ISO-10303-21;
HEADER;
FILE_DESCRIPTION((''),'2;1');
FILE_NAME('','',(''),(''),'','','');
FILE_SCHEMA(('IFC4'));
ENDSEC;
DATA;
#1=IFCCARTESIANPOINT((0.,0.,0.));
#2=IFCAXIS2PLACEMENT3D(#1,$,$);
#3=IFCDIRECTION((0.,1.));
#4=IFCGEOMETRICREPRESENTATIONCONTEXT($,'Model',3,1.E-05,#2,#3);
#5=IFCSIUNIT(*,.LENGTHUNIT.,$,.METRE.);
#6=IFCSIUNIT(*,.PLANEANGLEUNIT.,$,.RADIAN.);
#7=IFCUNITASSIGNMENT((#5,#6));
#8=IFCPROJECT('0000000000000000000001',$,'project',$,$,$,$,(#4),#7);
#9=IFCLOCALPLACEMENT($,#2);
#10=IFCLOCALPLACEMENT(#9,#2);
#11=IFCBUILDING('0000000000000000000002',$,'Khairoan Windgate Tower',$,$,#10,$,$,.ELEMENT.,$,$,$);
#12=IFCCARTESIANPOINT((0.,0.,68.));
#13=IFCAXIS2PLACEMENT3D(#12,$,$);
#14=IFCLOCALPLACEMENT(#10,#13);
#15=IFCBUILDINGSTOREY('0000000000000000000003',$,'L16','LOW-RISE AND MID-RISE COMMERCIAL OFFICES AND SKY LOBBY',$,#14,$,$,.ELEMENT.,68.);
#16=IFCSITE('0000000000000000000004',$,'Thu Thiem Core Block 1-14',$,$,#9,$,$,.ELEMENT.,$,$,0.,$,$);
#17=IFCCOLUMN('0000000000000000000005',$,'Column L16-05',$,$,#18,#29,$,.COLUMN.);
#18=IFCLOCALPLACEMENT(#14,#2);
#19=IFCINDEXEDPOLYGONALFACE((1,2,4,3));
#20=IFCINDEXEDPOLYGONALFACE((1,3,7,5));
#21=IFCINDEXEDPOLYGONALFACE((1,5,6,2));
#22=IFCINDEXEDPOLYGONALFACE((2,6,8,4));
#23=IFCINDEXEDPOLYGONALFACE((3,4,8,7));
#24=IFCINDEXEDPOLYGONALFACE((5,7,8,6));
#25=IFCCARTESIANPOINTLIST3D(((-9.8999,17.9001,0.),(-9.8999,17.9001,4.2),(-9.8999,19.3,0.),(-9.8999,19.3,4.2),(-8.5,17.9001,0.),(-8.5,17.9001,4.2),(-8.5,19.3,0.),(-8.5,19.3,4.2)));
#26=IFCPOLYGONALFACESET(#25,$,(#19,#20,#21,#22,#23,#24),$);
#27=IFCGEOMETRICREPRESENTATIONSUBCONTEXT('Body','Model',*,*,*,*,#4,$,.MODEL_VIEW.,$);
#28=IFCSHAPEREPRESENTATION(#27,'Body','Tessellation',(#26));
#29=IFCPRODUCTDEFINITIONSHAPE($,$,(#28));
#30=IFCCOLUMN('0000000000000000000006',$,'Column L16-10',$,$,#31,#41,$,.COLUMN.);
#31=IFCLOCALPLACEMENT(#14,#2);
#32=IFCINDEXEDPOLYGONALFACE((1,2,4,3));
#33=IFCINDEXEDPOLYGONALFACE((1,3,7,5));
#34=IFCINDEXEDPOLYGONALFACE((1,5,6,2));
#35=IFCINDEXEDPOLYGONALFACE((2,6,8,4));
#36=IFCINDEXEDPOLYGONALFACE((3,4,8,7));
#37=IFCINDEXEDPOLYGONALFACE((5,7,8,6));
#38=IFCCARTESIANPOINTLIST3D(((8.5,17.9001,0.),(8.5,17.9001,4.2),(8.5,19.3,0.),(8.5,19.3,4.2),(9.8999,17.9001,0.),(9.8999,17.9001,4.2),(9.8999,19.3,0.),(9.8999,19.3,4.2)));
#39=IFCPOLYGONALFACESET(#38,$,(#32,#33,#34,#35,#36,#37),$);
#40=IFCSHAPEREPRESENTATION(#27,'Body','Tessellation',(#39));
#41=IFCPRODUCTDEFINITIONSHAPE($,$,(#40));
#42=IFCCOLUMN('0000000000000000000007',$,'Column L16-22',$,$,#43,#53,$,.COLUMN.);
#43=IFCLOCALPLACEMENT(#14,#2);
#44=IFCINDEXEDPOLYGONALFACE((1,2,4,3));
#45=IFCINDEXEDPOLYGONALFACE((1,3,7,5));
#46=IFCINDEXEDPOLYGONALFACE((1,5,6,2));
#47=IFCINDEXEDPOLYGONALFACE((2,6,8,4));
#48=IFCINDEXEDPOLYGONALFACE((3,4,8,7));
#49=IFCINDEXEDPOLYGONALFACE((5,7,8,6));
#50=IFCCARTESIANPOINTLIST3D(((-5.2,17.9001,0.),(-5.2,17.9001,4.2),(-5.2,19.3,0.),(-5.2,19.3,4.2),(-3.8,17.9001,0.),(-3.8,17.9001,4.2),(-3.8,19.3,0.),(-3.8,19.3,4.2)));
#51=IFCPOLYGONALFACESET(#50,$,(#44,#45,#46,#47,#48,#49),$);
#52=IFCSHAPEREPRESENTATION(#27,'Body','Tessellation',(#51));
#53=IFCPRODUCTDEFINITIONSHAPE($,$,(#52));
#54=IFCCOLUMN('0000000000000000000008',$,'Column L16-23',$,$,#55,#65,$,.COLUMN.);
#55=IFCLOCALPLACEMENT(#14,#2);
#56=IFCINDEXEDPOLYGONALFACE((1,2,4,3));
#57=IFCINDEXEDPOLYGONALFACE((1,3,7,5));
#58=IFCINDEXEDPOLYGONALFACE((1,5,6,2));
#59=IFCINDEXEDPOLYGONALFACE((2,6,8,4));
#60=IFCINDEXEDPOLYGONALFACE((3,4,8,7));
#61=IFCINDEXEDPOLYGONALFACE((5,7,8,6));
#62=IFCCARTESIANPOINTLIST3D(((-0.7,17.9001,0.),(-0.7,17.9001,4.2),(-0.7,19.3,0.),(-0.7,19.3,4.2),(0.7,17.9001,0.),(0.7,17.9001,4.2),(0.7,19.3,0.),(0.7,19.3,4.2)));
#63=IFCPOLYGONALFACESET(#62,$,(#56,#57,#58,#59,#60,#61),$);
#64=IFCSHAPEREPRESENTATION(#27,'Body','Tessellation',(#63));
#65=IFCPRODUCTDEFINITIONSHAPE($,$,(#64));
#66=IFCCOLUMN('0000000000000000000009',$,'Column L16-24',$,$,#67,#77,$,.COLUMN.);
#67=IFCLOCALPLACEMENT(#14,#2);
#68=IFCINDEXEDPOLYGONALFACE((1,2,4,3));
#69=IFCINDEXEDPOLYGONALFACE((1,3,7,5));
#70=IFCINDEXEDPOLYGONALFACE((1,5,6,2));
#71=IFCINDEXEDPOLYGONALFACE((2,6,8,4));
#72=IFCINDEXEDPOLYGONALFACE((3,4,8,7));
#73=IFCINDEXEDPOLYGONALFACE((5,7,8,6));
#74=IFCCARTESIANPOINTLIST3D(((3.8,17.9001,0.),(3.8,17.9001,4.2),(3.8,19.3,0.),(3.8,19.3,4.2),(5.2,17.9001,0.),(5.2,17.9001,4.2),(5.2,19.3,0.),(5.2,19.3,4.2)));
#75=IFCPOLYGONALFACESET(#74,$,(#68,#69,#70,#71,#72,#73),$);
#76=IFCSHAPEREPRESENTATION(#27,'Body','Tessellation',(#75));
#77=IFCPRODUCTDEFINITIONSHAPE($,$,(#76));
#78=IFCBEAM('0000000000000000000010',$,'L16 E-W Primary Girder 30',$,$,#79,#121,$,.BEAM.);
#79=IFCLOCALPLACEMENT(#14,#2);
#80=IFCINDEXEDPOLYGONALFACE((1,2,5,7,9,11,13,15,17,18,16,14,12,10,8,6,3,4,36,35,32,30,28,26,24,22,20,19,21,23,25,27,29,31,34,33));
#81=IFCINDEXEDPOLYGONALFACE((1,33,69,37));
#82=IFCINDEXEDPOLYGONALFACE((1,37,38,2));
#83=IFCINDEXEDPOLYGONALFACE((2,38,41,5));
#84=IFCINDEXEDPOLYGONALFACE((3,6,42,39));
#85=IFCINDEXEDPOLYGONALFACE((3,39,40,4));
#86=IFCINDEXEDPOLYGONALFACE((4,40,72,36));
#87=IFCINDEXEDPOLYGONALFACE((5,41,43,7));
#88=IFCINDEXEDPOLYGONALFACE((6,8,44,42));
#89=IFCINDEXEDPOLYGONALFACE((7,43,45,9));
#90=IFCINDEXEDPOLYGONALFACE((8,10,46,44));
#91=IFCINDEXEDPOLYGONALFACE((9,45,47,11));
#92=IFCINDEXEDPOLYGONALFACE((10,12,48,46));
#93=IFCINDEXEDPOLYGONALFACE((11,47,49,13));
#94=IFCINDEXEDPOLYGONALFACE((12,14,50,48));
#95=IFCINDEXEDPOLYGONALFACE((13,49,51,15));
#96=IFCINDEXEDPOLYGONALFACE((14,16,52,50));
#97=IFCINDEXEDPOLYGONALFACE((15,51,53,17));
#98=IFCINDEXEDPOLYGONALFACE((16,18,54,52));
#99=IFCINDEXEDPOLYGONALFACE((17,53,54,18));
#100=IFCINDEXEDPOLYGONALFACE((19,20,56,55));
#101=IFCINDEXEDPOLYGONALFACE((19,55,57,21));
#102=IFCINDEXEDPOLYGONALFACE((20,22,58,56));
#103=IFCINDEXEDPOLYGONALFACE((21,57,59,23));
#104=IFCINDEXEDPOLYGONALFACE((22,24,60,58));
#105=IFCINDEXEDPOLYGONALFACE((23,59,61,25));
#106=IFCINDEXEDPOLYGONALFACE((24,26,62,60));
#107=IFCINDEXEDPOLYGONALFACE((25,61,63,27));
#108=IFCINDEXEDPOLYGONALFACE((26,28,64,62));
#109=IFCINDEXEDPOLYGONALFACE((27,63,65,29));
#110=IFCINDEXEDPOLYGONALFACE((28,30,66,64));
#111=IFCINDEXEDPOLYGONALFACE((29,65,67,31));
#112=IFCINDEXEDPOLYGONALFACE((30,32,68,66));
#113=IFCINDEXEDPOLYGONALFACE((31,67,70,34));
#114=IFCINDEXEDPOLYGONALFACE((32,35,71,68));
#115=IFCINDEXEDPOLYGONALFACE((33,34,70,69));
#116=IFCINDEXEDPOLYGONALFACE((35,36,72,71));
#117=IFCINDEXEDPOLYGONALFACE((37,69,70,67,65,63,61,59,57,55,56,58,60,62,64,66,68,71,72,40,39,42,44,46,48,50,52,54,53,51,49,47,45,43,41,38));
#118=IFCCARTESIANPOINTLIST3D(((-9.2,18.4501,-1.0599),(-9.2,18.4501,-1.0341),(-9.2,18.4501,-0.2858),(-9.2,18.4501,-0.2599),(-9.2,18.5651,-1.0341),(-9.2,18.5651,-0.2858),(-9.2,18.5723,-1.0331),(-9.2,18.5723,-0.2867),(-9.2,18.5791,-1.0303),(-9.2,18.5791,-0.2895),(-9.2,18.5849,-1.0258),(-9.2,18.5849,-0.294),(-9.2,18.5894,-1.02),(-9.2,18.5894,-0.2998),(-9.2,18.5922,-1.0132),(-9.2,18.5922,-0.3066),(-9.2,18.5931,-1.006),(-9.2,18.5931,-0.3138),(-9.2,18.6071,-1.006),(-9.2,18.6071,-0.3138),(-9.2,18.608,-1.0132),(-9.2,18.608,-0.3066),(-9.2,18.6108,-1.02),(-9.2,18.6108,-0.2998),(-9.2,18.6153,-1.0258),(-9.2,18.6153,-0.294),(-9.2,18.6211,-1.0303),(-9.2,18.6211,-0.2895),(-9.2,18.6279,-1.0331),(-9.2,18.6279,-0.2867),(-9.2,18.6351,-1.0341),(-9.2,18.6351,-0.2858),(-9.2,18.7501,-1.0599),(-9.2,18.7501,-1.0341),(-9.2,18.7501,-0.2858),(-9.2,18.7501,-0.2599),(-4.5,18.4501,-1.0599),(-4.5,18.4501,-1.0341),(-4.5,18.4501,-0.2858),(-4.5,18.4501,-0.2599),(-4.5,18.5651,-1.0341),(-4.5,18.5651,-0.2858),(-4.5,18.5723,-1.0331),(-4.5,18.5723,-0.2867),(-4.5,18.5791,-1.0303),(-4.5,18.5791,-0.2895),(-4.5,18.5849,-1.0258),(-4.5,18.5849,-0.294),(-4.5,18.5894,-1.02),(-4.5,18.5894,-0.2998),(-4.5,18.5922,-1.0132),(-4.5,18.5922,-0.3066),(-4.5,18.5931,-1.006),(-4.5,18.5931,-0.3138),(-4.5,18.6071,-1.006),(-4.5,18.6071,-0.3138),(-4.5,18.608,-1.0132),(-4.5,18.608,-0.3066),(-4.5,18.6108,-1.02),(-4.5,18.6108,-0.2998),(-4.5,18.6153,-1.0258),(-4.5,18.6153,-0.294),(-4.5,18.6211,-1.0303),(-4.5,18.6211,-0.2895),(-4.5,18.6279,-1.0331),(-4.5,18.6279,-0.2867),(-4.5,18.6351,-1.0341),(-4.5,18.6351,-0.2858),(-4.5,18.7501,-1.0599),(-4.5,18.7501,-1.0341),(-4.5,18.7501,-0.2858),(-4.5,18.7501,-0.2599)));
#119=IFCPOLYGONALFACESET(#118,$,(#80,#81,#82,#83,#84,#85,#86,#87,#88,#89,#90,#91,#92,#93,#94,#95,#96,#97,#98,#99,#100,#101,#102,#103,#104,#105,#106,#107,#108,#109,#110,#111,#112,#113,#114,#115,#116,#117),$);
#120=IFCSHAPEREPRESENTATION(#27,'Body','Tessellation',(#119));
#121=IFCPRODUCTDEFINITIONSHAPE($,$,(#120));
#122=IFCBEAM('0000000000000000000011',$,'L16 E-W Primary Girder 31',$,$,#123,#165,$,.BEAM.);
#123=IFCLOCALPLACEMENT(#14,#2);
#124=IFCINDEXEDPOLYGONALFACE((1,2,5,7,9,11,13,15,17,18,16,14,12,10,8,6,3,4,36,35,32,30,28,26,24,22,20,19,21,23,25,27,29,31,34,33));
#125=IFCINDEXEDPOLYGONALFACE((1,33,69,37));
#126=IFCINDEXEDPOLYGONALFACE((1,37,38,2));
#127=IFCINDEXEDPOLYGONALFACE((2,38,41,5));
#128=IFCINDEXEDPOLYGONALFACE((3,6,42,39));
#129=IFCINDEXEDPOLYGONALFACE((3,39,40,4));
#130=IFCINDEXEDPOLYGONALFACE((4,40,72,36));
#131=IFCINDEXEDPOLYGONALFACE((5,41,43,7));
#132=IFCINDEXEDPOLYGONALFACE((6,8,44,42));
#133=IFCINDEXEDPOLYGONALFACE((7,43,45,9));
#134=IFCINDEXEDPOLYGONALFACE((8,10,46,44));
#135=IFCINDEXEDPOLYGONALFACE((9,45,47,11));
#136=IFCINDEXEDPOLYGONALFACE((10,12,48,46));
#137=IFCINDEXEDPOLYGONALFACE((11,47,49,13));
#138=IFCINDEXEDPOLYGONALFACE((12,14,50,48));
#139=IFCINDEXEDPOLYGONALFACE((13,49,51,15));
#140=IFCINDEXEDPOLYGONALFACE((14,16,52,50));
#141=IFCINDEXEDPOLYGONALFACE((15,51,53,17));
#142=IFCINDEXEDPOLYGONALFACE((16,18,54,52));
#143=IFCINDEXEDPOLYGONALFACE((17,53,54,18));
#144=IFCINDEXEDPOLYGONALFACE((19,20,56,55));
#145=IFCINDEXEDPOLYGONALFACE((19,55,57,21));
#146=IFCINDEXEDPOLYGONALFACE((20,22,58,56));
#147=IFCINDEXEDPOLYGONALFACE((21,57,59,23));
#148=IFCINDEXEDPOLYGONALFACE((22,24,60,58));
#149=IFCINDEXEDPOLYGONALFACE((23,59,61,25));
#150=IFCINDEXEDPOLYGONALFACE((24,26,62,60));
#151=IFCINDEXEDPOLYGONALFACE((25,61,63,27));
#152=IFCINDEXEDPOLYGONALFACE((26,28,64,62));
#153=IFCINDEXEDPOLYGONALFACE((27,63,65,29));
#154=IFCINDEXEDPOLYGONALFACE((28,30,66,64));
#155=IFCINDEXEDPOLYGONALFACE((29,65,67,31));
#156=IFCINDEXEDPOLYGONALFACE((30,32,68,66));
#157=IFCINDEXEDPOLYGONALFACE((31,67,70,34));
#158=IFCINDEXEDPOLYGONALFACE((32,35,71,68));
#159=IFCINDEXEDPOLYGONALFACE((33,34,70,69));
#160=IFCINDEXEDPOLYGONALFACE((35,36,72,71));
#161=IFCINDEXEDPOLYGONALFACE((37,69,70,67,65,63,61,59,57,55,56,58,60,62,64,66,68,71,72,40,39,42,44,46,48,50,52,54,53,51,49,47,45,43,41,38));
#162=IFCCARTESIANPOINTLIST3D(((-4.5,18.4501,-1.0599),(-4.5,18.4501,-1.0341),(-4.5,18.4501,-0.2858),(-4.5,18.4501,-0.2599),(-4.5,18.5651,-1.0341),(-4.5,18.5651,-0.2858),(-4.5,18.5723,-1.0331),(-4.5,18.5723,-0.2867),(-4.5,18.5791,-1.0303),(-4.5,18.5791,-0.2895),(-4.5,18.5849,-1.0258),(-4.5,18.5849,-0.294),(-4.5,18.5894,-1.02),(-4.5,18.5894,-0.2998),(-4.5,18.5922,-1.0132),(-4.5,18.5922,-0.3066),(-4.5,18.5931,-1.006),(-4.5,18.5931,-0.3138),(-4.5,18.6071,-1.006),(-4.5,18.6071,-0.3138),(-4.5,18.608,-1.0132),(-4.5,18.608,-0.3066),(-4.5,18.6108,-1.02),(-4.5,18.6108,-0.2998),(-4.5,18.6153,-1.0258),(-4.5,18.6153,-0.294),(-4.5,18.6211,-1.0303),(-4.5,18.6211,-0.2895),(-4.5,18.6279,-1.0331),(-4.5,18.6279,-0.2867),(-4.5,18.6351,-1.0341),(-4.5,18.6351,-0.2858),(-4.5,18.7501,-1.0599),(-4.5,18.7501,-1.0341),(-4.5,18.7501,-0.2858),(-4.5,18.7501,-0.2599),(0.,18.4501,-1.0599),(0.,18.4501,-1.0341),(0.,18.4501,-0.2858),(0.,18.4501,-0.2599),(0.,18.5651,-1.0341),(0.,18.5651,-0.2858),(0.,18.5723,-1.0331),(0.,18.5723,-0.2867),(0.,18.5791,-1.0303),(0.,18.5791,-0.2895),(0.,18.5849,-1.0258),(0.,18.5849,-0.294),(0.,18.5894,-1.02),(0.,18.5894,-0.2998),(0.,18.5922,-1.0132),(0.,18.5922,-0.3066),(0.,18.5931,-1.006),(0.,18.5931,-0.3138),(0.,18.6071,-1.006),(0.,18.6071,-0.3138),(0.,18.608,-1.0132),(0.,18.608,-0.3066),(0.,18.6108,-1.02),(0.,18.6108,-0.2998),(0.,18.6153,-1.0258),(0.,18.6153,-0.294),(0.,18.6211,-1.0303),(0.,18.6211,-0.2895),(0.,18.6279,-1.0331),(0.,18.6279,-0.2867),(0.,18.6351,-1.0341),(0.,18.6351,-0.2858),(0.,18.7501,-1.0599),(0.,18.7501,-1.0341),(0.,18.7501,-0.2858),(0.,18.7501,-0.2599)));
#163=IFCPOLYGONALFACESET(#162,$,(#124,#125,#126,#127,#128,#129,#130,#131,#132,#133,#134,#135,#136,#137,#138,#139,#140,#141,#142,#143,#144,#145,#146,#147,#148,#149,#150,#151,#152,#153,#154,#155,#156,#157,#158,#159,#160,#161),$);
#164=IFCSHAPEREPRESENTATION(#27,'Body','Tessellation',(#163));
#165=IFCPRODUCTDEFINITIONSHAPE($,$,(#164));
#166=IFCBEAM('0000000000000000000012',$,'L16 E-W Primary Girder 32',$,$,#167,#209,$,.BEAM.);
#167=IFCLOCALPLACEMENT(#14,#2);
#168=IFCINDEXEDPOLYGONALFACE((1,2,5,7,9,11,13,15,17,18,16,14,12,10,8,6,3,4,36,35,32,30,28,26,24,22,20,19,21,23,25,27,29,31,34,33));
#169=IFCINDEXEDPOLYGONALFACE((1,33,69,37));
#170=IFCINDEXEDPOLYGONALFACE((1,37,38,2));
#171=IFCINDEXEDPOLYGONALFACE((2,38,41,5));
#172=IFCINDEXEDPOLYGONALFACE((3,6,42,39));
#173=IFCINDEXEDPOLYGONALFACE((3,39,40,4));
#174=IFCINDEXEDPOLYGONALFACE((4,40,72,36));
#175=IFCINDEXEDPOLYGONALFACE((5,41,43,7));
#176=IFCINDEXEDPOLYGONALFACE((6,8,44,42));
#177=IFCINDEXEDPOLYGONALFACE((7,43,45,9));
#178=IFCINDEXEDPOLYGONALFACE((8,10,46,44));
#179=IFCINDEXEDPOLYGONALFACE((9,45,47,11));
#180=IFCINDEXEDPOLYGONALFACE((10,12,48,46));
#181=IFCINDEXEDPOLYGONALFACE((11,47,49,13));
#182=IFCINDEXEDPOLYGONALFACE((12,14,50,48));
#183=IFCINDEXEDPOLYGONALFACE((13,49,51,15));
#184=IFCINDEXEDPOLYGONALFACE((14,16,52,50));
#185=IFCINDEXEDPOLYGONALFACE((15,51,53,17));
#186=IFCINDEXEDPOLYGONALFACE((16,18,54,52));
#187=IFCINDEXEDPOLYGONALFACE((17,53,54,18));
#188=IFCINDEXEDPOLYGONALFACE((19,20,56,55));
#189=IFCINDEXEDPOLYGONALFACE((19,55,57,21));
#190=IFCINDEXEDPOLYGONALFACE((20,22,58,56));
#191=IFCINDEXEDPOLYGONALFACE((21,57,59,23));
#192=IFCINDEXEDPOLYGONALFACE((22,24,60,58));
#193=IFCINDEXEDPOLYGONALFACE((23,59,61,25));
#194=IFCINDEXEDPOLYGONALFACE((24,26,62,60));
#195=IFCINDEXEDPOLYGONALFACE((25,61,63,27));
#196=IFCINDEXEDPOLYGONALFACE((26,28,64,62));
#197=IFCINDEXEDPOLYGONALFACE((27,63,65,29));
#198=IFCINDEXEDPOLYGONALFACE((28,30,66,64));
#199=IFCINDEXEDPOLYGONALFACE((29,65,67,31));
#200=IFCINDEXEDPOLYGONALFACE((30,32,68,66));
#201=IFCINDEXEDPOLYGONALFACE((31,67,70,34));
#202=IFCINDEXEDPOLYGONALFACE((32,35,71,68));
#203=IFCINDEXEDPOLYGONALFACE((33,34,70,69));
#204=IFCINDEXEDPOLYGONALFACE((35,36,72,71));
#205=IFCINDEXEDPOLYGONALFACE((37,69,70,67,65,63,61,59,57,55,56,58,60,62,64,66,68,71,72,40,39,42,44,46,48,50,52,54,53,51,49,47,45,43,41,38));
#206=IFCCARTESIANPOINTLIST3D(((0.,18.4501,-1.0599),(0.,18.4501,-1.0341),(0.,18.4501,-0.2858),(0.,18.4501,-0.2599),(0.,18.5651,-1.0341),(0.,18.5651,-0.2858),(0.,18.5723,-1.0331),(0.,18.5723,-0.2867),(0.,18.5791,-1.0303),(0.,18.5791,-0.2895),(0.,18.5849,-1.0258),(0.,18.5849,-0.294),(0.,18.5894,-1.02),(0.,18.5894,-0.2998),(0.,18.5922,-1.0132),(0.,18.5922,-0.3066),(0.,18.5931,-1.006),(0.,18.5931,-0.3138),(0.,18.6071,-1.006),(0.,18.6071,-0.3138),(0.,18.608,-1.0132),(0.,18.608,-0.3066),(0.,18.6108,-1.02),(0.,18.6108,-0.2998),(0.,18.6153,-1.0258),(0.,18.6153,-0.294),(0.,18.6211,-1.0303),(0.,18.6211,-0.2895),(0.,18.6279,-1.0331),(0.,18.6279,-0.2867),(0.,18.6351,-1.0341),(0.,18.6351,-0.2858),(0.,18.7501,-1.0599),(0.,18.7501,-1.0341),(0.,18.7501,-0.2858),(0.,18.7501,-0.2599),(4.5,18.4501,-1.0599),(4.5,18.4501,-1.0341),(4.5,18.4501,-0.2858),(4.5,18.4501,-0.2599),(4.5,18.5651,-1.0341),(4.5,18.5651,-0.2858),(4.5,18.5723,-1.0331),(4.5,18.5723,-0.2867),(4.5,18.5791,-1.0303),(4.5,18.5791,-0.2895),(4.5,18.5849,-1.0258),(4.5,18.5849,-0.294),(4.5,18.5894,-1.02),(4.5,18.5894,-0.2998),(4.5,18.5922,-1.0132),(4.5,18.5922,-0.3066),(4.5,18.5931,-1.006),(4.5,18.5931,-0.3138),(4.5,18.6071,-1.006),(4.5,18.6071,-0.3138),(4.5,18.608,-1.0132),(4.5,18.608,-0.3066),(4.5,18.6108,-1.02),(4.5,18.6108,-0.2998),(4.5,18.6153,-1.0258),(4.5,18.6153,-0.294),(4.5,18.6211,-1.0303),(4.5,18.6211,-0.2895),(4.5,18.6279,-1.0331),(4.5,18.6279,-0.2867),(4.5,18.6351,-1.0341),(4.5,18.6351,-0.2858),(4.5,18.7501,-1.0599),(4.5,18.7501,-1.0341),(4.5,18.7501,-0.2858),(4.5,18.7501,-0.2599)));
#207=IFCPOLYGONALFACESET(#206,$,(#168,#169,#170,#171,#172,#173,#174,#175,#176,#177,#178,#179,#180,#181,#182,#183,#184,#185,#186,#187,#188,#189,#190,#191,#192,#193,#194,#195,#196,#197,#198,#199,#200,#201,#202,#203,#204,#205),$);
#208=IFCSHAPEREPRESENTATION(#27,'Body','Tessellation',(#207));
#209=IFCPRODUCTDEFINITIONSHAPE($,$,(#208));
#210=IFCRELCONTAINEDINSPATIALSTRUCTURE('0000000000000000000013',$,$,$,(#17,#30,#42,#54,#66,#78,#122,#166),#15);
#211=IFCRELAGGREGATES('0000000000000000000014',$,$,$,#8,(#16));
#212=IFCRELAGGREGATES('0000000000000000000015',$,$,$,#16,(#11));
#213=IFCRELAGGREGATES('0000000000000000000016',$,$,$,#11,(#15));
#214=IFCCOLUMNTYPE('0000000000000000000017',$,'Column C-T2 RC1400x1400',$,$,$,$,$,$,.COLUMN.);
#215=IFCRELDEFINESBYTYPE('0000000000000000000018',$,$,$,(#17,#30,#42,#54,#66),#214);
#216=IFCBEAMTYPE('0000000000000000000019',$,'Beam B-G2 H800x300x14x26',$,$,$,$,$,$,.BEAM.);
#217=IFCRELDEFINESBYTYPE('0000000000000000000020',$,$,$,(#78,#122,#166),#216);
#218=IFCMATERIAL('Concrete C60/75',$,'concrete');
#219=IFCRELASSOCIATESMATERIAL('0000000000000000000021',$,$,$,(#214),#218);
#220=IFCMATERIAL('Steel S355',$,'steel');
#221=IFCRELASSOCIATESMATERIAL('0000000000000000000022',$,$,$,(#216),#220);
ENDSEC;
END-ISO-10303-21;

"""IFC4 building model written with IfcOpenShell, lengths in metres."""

from ifc_helpers import new_model, si_unit, direction, frame, origin, origin_2d, place, context, subcontext, project, spatial, rectangle, i_section, extrude, material, material_profile, profile_set, type_object, element, save


model = new_model("IFC4")

# Units and contexts
model_context = context("Model", 3, precision=1e-05, world=origin(), true_north=direction((0.0, 1.0)))
body_context = subcontext(model_context, "Body", "Model", "MODEL_VIEW")
ifc_project = project(units=[si_unit("LENGTHUNIT", "METRE"), si_unit("PLANEANGLEUNIT", "RADIAN")], contexts=[model_context])

# Site, building, storey
site_placement = place(None, origin())
site = spatial("IfcSite", under=ifc_project, at=site_placement, Name="Thu Thiem Core Block 1-14", CompositionType="ELEMENT", RefElevation=0.0)
building_placement = place(site_placement, origin())
building = spatial("IfcBuilding", under=site, at=building_placement, Name="Khairoan Windgate Tower", CompositionType="ELEMENT")
storey_placement = place(building_placement, frame((0.0, 0.0, 68.0)))
storey = spatial("IfcBuildingStorey", under=building, at=storey_placement, Name="L16", Description="LOW-RISE AND MID-RISE COMMERCIAL OFFICES AND SKY LOBBY", CompositionType="ELEMENT", Elevation=68.0)

# Columns
ifc_material_1 = material(Name="Concrete C60/75", Category="concrete")
ifc_material_profile_1 = material_profile(ifc_material_1, rectangle(XDim=1.3999, YDim=1.3999, at=origin_2d()))
ifc_profile_set_1 = profile_set([ifc_material_profile_1], Name="Concrete C60/75")
column_type = type_object("IfcColumnType", Name="Column C-T2 RC1400x1400", PredefinedType="COLUMN", material=ifc_profile_set_1)
for number, where, z_axis, x_axis, name in (
    (1, (-9.2, 18.6001, 0.0), (0.0, 0.0, 1.0), (1.0, 0.0, 0.0), "Column L16-05"),
    (2, (9.2, 18.6001, 0.0), (0.0, 0.0, 1.0), (1.0, 0.0, 0.0), "Column L16-10"),
    (3, (-4.5, 18.6001, 0.0), (0.0, 0.0, 1.0), (1.0, 0.0, 0.0), "Column L16-22"),
    (4, (0.0, 18.6001, 0.0), (0.0, 0.0, 1.0), (1.0, 0.0, 0.0), "Column L16-23"),
    (5, (4.5, 18.6001, 0.0), (0.0, 0.0, 1.0), (1.0, 0.0, 0.0), "Column L16-24"),
):
    element("IfcColumn", number, at=place(storey_placement, frame(where, z_axis=z_axis, x_axis=x_axis)), inside=storey, type_object=column_type, Name=name, PredefinedType="COLUMN", context=body_context, shape_type="SweptSolid", body=[
        extrude(rectangle(XDim=1.3999, YDim=1.3999, at=origin_2d()), origin(), (0.0, 0.0, 1.0), 4.2),
    ])

# Beams
ifc_material_2 = material(Name="Steel S355", Category="steel")
ifc_material_profile_2 = material_profile(ifc_material_2, i_section(OverallWidth=0.3, OverallDepth=0.8, WebThickness=0.0139, FlangeThickness=0.0259, FilletRadius=0.0281, at=origin_2d()))
ifc_profile_set_2 = profile_set([ifc_material_profile_2], Name="Steel S355")
beam_type = type_object("IfcBeamType", Name="Beam B-G2 H800x300x14x26", PredefinedType="BEAM", material=ifc_profile_set_2)
beam_1_placement = place(storey_placement, frame((-9.2, 18.6001, -0.6599), z_axis=(1.0, 0.0, 0.0), x_axis=(0.0, 1.0, 0.0)))
element("IfcBeam", 6, at=beam_1_placement, inside=storey, type_object=beam_type, Name="L16 E-W Primary Girder 30", PredefinedType="BEAM", context=body_context, shape_type="SweptSolid", body=[
    extrude(i_section(OverallWidth=0.3, OverallDepth=0.8, WebThickness=0.0139, FlangeThickness=0.0259, FilletRadius=0.0281, at=origin_2d()), origin(), (0.0, 0.0, 1.0), 4.7),
])
for number, where, z_axis, x_axis, name in (
    (7, (-4.5, 18.6001, -0.6599), (1.0, 0.0, 0.0), (0.0, 1.0, 0.0), "L16 E-W Primary Girder 31"),
    (8, (0.0, 18.6001, -0.6599), (1.0, 0.0, 0.0), (0.0, 1.0, 0.0), "L16 E-W Primary Girder 32"),
):
    element("IfcBeam", number, at=place(storey_placement, frame(where, z_axis=z_axis, x_axis=x_axis)), inside=storey, type_object=beam_type, Name=name, PredefinedType="BEAM", context=body_context, shape_type="SweptSolid", body=[
        extrude(i_section(OverallWidth=0.3, OverallDepth=0.8, WebThickness=0.0139, FlangeThickness=0.0259, FilletRadius=0.0281, at=origin_2d()), origin(), (0.0, 0.0, 1.0), 4.5),
    ])

save(model, "model.ifc")
